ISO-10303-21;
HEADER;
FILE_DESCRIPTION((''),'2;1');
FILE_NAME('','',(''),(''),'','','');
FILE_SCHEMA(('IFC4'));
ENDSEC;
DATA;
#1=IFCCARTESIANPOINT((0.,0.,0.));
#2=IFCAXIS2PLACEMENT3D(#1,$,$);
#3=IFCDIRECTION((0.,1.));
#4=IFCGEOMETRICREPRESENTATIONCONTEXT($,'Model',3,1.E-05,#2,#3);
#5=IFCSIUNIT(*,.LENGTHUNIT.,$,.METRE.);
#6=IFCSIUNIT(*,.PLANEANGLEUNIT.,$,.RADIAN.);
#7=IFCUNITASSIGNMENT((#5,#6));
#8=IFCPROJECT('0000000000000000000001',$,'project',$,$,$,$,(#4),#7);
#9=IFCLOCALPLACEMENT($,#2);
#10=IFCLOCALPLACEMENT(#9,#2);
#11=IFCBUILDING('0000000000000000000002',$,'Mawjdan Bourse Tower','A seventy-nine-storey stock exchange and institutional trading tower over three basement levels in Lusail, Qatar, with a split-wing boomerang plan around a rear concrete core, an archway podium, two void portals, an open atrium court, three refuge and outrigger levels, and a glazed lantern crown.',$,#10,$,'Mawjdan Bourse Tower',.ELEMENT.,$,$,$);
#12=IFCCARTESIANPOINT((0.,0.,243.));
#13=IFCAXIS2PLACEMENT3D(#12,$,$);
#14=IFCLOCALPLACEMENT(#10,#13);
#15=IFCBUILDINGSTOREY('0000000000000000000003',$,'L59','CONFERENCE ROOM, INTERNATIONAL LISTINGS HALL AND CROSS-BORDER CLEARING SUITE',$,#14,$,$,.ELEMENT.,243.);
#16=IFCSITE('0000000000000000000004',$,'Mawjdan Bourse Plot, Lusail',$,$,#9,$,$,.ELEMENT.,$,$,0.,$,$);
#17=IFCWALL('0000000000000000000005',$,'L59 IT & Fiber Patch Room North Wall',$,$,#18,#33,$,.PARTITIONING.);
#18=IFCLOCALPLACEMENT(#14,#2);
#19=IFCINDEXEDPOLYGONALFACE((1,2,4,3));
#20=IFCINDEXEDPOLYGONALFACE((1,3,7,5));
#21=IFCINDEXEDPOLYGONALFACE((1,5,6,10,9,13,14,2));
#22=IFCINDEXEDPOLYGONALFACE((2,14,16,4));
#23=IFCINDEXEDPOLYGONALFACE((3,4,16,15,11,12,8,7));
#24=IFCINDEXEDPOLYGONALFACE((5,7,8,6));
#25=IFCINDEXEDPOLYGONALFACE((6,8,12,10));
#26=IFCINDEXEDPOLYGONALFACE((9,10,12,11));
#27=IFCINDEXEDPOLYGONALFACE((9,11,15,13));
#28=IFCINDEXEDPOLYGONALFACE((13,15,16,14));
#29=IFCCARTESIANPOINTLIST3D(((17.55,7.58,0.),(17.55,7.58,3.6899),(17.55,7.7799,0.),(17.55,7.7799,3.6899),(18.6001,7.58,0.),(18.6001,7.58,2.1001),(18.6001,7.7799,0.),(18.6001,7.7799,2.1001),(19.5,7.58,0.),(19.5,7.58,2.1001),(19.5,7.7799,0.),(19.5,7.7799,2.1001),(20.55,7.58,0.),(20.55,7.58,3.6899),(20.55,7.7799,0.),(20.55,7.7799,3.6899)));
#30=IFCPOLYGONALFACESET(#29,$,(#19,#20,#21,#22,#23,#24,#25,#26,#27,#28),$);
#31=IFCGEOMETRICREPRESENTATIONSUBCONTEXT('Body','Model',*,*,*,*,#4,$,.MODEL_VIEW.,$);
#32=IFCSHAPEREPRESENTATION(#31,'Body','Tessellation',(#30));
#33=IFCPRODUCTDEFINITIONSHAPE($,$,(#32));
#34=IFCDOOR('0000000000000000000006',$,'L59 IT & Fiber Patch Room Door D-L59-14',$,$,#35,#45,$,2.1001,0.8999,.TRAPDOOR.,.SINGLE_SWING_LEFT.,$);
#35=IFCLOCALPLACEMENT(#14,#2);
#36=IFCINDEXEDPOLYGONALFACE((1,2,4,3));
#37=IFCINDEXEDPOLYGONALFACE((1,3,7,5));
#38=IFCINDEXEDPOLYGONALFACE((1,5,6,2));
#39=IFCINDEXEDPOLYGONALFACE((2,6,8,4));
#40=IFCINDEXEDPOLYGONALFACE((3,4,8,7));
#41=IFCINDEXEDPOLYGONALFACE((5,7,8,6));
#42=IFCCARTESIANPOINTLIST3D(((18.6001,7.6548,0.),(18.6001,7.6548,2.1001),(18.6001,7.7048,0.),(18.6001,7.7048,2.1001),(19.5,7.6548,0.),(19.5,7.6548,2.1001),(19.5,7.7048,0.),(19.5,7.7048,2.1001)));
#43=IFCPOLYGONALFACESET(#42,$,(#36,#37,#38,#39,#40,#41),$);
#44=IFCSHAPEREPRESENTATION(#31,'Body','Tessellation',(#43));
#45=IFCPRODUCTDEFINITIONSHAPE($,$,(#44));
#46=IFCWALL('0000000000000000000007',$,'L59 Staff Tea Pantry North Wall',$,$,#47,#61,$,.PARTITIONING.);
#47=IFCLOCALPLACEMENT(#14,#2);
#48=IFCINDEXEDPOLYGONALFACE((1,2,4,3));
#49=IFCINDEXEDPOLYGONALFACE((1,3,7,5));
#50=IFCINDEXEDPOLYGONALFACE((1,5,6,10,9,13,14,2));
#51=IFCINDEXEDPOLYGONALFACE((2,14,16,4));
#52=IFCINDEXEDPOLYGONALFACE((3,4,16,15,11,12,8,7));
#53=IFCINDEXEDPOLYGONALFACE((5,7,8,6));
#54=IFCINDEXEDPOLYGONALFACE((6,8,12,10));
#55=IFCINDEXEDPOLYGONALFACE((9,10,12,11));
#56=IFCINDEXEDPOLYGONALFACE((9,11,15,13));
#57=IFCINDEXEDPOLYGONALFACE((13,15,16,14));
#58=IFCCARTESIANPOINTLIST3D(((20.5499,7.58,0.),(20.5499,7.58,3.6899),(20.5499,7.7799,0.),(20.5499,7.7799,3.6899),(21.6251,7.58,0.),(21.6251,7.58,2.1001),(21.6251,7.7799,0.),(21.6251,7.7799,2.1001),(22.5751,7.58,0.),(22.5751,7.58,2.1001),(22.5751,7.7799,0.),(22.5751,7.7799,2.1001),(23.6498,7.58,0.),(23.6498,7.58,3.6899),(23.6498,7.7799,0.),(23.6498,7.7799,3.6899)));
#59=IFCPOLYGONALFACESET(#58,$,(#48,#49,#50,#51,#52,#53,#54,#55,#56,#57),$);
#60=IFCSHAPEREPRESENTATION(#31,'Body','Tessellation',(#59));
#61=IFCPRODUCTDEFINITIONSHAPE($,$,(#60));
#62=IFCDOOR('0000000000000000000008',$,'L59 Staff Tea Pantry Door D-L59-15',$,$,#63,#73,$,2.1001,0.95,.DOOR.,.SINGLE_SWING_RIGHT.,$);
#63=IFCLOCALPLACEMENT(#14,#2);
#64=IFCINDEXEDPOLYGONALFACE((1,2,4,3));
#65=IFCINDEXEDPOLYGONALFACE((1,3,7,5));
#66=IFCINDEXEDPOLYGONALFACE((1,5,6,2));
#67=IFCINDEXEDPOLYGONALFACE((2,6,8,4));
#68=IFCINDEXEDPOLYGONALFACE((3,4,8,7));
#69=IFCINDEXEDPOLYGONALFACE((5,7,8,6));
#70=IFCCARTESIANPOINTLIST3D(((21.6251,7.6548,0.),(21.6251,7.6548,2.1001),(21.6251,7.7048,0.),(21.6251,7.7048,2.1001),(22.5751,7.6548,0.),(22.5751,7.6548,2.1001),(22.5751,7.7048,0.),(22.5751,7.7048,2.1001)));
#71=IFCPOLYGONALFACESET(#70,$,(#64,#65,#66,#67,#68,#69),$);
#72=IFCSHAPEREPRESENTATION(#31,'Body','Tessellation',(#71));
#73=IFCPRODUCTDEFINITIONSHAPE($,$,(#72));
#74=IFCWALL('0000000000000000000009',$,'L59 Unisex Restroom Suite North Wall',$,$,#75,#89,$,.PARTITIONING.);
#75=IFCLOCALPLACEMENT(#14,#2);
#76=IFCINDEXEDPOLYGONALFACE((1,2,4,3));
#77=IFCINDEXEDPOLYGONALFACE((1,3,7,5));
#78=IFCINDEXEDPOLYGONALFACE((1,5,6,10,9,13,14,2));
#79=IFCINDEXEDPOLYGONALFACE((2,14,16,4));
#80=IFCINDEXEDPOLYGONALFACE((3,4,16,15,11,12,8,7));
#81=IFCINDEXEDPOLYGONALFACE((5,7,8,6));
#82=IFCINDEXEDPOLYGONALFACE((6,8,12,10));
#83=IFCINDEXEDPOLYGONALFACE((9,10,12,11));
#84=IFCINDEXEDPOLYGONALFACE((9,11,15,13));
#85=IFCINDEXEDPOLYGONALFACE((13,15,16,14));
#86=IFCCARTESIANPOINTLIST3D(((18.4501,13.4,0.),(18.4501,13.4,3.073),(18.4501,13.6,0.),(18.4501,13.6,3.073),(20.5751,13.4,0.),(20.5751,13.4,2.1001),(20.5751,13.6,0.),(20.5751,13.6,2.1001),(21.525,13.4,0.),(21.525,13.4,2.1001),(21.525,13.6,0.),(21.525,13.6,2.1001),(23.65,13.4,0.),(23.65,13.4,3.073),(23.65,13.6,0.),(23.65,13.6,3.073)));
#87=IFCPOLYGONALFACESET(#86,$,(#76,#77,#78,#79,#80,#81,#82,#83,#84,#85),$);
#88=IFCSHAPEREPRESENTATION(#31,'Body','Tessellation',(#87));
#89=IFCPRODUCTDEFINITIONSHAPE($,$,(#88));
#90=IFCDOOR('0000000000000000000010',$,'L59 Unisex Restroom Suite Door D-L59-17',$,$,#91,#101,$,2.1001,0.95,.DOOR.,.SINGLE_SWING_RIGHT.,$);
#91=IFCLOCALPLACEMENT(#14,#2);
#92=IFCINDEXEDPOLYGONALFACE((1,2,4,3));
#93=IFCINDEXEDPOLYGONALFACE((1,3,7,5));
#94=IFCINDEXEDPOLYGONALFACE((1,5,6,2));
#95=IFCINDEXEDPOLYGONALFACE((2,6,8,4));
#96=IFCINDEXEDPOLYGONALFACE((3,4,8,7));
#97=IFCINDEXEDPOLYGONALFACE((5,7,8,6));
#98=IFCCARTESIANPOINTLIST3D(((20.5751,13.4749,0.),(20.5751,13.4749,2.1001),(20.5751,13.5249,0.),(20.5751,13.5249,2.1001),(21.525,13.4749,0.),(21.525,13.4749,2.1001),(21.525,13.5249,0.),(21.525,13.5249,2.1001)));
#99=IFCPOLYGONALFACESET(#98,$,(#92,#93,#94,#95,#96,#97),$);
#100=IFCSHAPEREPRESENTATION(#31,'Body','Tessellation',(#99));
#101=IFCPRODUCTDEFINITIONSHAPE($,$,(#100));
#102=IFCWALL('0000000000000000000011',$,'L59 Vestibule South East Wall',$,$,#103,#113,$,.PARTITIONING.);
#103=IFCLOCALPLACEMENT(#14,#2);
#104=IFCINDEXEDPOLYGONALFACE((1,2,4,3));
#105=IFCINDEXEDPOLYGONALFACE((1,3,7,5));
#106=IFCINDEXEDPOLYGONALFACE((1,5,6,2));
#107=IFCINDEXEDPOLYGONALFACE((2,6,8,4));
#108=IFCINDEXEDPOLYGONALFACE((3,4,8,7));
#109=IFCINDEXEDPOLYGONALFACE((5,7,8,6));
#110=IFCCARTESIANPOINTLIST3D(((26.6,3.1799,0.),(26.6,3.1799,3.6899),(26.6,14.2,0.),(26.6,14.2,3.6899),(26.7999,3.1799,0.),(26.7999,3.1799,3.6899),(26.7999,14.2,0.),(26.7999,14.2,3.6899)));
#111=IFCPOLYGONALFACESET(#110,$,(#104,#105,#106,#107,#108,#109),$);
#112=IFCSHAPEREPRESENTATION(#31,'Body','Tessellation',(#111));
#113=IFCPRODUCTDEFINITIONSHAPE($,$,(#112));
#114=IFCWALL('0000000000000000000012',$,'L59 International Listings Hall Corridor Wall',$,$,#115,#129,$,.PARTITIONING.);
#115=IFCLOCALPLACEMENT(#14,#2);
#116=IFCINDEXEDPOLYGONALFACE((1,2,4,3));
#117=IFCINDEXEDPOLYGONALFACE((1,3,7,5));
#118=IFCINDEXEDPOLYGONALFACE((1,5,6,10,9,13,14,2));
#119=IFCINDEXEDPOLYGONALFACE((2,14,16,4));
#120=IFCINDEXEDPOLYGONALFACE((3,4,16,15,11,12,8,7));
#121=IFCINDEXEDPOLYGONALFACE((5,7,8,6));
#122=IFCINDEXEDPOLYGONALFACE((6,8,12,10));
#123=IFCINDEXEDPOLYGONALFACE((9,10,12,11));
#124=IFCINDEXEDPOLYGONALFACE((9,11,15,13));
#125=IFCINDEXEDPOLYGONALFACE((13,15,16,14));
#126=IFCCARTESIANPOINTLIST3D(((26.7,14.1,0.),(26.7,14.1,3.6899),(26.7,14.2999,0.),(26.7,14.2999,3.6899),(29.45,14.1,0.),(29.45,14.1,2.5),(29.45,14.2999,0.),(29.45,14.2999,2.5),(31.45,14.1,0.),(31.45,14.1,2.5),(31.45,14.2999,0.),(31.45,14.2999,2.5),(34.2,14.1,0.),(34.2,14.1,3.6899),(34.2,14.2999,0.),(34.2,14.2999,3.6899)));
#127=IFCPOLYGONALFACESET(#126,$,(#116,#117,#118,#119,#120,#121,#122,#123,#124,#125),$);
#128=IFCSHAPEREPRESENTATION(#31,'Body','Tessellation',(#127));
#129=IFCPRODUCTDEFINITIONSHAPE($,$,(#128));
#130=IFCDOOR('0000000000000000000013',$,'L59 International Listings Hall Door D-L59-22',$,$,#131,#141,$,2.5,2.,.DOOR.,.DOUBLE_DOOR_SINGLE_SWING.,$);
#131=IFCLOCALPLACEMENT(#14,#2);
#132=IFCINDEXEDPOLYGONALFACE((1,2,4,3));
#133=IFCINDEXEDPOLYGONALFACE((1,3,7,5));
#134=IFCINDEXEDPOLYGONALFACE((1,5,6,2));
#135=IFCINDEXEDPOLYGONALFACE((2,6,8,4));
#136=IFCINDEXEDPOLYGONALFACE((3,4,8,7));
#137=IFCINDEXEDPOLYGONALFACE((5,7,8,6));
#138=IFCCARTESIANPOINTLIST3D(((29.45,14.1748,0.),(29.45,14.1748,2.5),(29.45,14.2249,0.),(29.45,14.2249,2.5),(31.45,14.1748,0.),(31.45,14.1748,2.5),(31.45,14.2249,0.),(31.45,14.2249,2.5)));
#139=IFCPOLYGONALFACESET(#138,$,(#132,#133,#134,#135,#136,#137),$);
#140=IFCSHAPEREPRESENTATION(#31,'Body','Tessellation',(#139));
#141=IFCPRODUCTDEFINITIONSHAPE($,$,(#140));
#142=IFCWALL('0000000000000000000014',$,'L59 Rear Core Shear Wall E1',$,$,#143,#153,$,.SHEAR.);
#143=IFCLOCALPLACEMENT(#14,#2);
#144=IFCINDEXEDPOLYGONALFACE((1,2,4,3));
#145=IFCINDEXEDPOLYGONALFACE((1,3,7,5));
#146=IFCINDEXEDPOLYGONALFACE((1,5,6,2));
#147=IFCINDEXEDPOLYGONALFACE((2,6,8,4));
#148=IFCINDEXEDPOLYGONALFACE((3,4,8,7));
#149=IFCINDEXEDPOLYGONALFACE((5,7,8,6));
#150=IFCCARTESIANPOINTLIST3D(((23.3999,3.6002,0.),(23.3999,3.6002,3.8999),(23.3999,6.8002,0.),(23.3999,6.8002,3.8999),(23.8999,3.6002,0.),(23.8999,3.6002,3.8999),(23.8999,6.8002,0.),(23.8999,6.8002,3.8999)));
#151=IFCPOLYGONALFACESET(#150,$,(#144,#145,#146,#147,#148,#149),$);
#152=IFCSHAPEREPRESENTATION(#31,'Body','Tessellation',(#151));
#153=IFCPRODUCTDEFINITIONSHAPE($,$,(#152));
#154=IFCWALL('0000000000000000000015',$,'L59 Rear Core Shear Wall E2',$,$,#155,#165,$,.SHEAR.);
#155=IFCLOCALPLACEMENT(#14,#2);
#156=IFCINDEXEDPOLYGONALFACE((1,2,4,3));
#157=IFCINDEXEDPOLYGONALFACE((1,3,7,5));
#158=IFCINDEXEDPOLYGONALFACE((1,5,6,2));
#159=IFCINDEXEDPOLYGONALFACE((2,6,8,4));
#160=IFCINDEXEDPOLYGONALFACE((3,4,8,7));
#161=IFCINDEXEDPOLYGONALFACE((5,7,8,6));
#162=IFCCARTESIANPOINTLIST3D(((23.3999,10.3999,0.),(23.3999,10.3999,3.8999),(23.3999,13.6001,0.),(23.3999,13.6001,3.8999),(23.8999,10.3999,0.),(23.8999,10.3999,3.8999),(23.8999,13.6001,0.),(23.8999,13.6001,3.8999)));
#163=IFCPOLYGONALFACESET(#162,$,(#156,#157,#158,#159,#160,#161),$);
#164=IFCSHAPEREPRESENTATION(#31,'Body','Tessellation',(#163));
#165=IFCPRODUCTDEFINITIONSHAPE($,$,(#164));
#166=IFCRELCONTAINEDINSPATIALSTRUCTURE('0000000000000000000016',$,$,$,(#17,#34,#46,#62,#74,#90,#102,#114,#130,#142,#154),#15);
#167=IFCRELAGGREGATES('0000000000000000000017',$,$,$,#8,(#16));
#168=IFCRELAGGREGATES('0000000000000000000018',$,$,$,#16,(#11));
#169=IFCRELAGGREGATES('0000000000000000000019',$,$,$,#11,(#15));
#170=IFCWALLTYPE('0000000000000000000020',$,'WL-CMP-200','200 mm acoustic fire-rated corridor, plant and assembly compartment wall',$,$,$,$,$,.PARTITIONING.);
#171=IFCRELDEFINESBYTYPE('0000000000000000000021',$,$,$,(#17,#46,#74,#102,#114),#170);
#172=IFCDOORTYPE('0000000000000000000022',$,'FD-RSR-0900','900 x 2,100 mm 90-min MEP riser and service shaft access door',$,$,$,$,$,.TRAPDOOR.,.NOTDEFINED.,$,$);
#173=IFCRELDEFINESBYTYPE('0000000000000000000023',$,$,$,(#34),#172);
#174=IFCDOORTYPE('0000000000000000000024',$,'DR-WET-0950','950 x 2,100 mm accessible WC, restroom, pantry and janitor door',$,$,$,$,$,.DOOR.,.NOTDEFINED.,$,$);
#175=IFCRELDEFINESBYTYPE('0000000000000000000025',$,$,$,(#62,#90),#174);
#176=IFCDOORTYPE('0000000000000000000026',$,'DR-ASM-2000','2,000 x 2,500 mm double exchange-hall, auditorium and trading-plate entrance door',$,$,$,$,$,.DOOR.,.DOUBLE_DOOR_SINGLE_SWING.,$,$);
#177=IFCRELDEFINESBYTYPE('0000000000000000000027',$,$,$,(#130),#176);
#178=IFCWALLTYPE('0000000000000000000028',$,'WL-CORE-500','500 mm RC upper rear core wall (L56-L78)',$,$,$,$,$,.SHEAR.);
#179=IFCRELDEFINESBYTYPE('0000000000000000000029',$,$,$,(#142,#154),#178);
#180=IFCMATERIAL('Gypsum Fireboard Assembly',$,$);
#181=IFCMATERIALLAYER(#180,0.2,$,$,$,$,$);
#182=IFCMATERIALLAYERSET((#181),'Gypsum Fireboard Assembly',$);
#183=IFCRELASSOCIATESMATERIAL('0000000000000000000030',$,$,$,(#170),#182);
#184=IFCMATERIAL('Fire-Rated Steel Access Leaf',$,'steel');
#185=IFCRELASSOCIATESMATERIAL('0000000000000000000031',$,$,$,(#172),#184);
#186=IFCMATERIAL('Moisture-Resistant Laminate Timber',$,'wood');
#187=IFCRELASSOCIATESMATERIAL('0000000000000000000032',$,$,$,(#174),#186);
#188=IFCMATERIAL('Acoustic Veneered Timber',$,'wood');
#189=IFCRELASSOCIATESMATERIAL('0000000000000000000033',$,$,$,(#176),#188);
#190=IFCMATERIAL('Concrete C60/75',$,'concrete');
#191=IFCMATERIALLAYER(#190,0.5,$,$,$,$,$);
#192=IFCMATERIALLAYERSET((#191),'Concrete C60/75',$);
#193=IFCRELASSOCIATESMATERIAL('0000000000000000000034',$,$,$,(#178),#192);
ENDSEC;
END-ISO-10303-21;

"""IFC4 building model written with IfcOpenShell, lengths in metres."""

from ifc_helpers import new_model, si_unit, direction, frame, frame_2d, origin, place, context, subcontext, project, spatial, rectangle, extrude, material, layer, layer_set, type_object, element, fill, save


model = new_model("IFC4")

# Units and contexts
model_context = context("Model", 3, precision=1e-05, world=origin(), true_north=direction((0.0, 1.0)))
body_context = subcontext(model_context, "Body", "Model", "MODEL_VIEW")
ifc_project = project(units=[si_unit("LENGTHUNIT", "METRE"), si_unit("PLANEANGLEUNIT", "RADIAN")], contexts=[model_context])

# Site, building, storey
site_placement = place(None, origin())
site = spatial("IfcSite", under=ifc_project, at=site_placement, Name="Mawjdan Bourse Plot, Lusail", CompositionType="ELEMENT", RefElevation=0.0)
building_placement = place(site_placement, origin())
building = spatial("IfcBuilding", under=site, at=building_placement, Name="Mawjdan Bourse Tower", Description="A seventy-nine-storey stock exchange and institutional trading tower over three basement levels in Lusail, Qatar, with a split-wing boomerang plan around a rear concrete core, an archway podium, two void portals, an open atrium court, three refuge and outrigger levels, and a glazed lantern crown.", LongName="Mawjdan Bourse Tower", CompositionType="ELEMENT")
storey_placement = place(building_placement, frame((0.0, 0.0, 243.0)))
storey = spatial("IfcBuildingStorey", under=building, at=storey_placement, Name="L59", Description="CONFERENCE ROOM, INTERNATIONAL LISTINGS HALL AND CROSS-BORDER CLEARING SUITE", CompositionType="ELEMENT", Elevation=243.0)

# Shared definitions
ifc_material_1 = material(Name="Concrete C60/75", Category="concrete")

# Walls, openings, doors
ifc_material_2 = material(Name="Gypsum Fireboard Assembly")
ifc_layer_1 = layer(ifc_material_2, 0.2)
ifc_layer_set_1 = layer_set([ifc_layer_1], Name="Gypsum Fireboard Assembly")
wall_type_1 = type_object("IfcWallType", Name="WL-CMP-200", Description="200 mm acoustic fire-rated corridor, plant and assembly compartment wall", PredefinedType="PARTITIONING", material=ifc_layer_set_1)
wall_1_placement = place(storey_placement, frame((17.55, 7.6799, 0.0), z_axis=(0.0, 0.0, 1.0), x_axis=(1.0, 0.0, 0.0)))
wall_1 = element("IfcWall", 1, at=wall_1_placement, inside=storey, type_object=wall_type_1, Name="L59 IT & Fiber Patch Room North Wall", PredefinedType="PARTITIONING", context=body_context, shape_type="SweptSolid", body=[
    extrude(rectangle(XDim=3.0, YDim=0.2, at=frame_2d((1.5, 0.0))), origin(), (0.0, 0.0, 1.0), 3.6899),
])
opening_1_placement = place(wall_1_placement, frame((1.05, 0.0, 0.0)))
opening_1 = element("IfcOpeningElement", 2, at=opening_1_placement, cuts=wall_1, PredefinedType="OPENING", context=body_context, shape_type="SweptSolid", body=[
    extrude(rectangle(XDim=0.8999, YDim=2.1001, at=frame_2d((0.45, 1.05))), frame((0.0, 0.1099, 0.0), z_axis=(0.0, -1.0, 0.0), x_axis=(1.0, 0.0, 0.0)), (0.0, 0.0, 1.0), 0.22),
])
ifc_material_3 = material(Name="Fire-Rated Steel Access Leaf", Category="steel")
door_type_1 = type_object("IfcDoorType", Name="FD-RSR-0900", Description="900 x 2,100 mm 90-min MEP riser and service shaft access door", OperationType="NOTDEFINED", PredefinedType="TRAPDOOR", material=ifc_material_3)
door_1_placement = place(opening_1_placement, origin())
door_1 = element("IfcDoor", 3, at=door_1_placement, inside=storey, type_object=door_type_1, Name="L59 IT & Fiber Patch Room Door D-L59-14", OperationType="SINGLE_SWING_LEFT", OverallHeight=2.1001, OverallWidth=0.8999, PredefinedType="TRAPDOOR", context=body_context, shape_type="SweptSolid", body=[
    extrude(rectangle(XDim=0.8999, YDim=2.1001, at=frame_2d((0.45, 1.05))), frame((0.0, 0.0249, 0.0), z_axis=(0.0, -1.0, 0.0), x_axis=(1.0, 0.0, 0.0)), (0.0, 0.0, 1.0), 0.05),
])
fill(opening_1, door_1)
wall_2_placement = place(storey_placement, frame((20.55, 7.6799, 0.0), z_axis=(0.0, 0.0, 1.0), x_axis=(1.0, 0.0, 0.0)))
wall_2 = element("IfcWall", 4, at=wall_2_placement, inside=storey, type_object=wall_type_1, Name="L59 Staff Tea Pantry North Wall", PredefinedType="PARTITIONING", context=body_context, shape_type="SweptSolid", body=[
    extrude(rectangle(XDim=3.0999, YDim=0.2, at=frame_2d((1.5498, 0.0))), origin(), (0.0, 0.0, 1.0), 3.6899),
])
opening_2_placement = place(wall_2_placement, frame((1.075, 0.0, 0.0)))
opening_2 = element("IfcOpeningElement", 5, at=opening_2_placement, cuts=wall_2, PredefinedType="OPENING", context=body_context, shape_type="SweptSolid", body=[
    extrude(rectangle(XDim=0.95, YDim=2.1001, at=frame_2d((0.4751, 1.05))), frame((0.0, 0.1099, 0.0), z_axis=(0.0, -1.0, 0.0), x_axis=(1.0, 0.0, 0.0)), (0.0, 0.0, 1.0), 0.22),
])
ifc_material_4 = material(Name="Moisture-Resistant Laminate Timber", Category="wood")
door_type_2 = type_object("IfcDoorType", Name="DR-WET-0950", Description="950 x 2,100 mm accessible WC, restroom, pantry and janitor door", OperationType="NOTDEFINED", PredefinedType="DOOR", material=ifc_material_4)
door_2_placement = place(opening_2_placement, origin())
door_2 = element("IfcDoor", 6, at=door_2_placement, inside=storey, type_object=door_type_2, Name="L59 Staff Tea Pantry Door D-L59-15", OperationType="SINGLE_SWING_RIGHT", OverallHeight=2.1001, OverallWidth=0.95, PredefinedType="DOOR", context=body_context, shape_type="SweptSolid", body=[
    extrude(rectangle(XDim=0.95, YDim=2.1001, at=frame_2d((0.4751, 1.05))), frame((0.0, 0.0249, 0.0), z_axis=(0.0, -1.0, 0.0), x_axis=(1.0, 0.0, 0.0)), (0.0, 0.0, 1.0), 0.05),
])
fill(opening_2, door_2)
wall_3_placement = place(storey_placement, frame((18.45, 13.5, 0.0), z_axis=(0.0, 0.0, 1.0), x_axis=(1.0, 0.0, 0.0)))
wall_3 = element("IfcWall", 7, at=wall_3_placement, inside=storey, type_object=wall_type_1, Name="L59 Unisex Restroom Suite North Wall", PredefinedType="PARTITIONING", context=body_context, shape_type="SweptSolid", body=[
    extrude(rectangle(XDim=5.2, YDim=0.2, at=frame_2d((2.6001, 0.0))), origin(), (0.0, 0.0, 1.0), 3.073),
])
opening_3_placement = place(wall_3_placement, frame((2.125, 0.0, 0.0)))
opening_3 = element("IfcOpeningElement", 8, at=opening_3_placement, cuts=wall_3, PredefinedType="OPENING", context=body_context, shape_type="SweptSolid", body=[
    extrude(rectangle(XDim=0.95, YDim=2.1001, at=frame_2d((0.4751, 1.05))), frame((0.0, 0.1099, 0.0), z_axis=(0.0, -1.0, 0.0), x_axis=(1.0, 0.0, 0.0)), (0.0, 0.0, 1.0), 0.22),
])
door_3_placement = place(opening_3_placement, origin())
door_3 = element("IfcDoor", 9, at=door_3_placement, inside=storey, type_object=door_type_2, Name="L59 Unisex Restroom Suite Door D-L59-17", OperationType="SINGLE_SWING_RIGHT", OverallHeight=2.1001, OverallWidth=0.95, PredefinedType="DOOR", context=body_context, shape_type="SweptSolid", body=[
    extrude(rectangle(XDim=0.95, YDim=2.1001, at=frame_2d((0.4751, 1.05))), frame((0.0, 0.0249, 0.0), z_axis=(0.0, -1.0, 0.0), x_axis=(1.0, 0.0, 0.0)), (0.0, 0.0, 1.0), 0.05),
])
fill(opening_3, door_3)

# Wall
wall_4_placement = place(storey_placement, frame((26.7, 3.1799, 0.0), z_axis=(0.0, 0.0, 1.0), x_axis=(0.0, 1.0, 0.0)))
element("IfcWall", 10, at=wall_4_placement, inside=storey, type_object=wall_type_1, Name="L59 Vestibule South East Wall", PredefinedType="PARTITIONING", context=body_context, shape_type="SweptSolid", body=[
    extrude(rectangle(XDim=11.02, YDim=0.2, at=frame_2d((5.51, 0.0))), origin(), (0.0, 0.0, 1.0), 3.6899),
])

# Wall, opening, door
wall_5_placement = place(storey_placement, frame((26.7, 14.2, 0.0), z_axis=(0.0, 0.0, 1.0), x_axis=(1.0, 0.0, 0.0)))
wall_5 = element("IfcWall", 11, at=wall_5_placement, inside=storey, type_object=wall_type_1, Name="L59 International Listings Hall Corridor Wall", PredefinedType="PARTITIONING", context=body_context, shape_type="SweptSolid", body=[
    extrude(rectangle(XDim=7.5, YDim=0.2, at=frame_2d((3.75, 0.0))), origin(), (0.0, 0.0, 1.0), 3.6899),
])
opening_4_placement = place(wall_5_placement, frame((2.75, 0.0, 0.0)))
opening_4 = element("IfcOpeningElement", 12, at=opening_4_placement, cuts=wall_5, PredefinedType="OPENING", context=body_context, shape_type="SweptSolid", body=[
    extrude(rectangle(XDim=2.0, YDim=2.5, at=frame_2d((1.0, 1.25))), frame((0.0, 0.1099, 0.0), z_axis=(0.0, -1.0, 0.0), x_axis=(1.0, 0.0, 0.0)), (0.0, 0.0, 1.0), 0.22),
])
ifc_material_5 = material(Name="Acoustic Veneered Timber", Category="wood")
door_type_3 = type_object("IfcDoorType", Name="DR-ASM-2000", Description="2,000 x 2,500 mm double exchange-hall, auditorium and trading-plate entrance door", OperationType="DOUBLE_DOOR_SINGLE_SWING", PredefinedType="DOOR", material=ifc_material_5)
door_4_placement = place(opening_4_placement, origin())
door_4 = element("IfcDoor", 13, at=door_4_placement, inside=storey, type_object=door_type_3, Name="L59 International Listings Hall Door D-L59-22", OperationType="DOUBLE_DOOR_SINGLE_SWING", OverallHeight=2.5, OverallWidth=2.0, PredefinedType="DOOR", context=body_context, shape_type="SweptSolid", body=[
    extrude(rectangle(XDim=2.0, YDim=2.5, at=frame_2d((1.0, 1.25))), frame((0.0, 0.0249, 0.0), z_axis=(0.0, -1.0, 0.0), x_axis=(1.0, 0.0, 0.0)), (0.0, 0.0, 1.0), 0.05),
])
fill(opening_4, door_4)

# Walls
ifc_layer_2 = layer(ifc_material_1, 0.5)
ifc_layer_set_2 = layer_set([ifc_layer_2], Name="Concrete C60/75")
wall_type_2 = type_object("IfcWallType", Name="WL-CORE-500", Description="500 mm RC upper rear core wall (L56-L78)", PredefinedType="SHEAR", material=ifc_layer_set_2)
wall_6_placement = place(storey_placement, frame((23.6499, 3.6001, 0.0), z_axis=(0.0, 0.0, 1.0), x_axis=(0.0, 1.0, 0.0)))
element("IfcWall", 14, at=wall_6_placement, inside=storey, type_object=wall_type_2, Name="L59 Rear Core Shear Wall E1", PredefinedType="SHEAR", context=body_context, shape_type="SweptSolid", body=[
    extrude(rectangle(XDim=3.2, YDim=0.5, at=frame_2d((1.6001, 0.0))), origin(), (0.0, 0.0, 1.0), 3.8999),
])
wall_7_placement = place(storey_placement, frame((23.6499, 10.3999, 0.0), z_axis=(0.0, 0.0, 1.0), x_axis=(0.0, 1.0, 0.0)))
element("IfcWall", 15, at=wall_7_placement, inside=storey, type_object=wall_type_2, Name="L59 Rear Core Shear Wall E2", PredefinedType="SHEAR", context=body_context, shape_type="SweptSolid", body=[
    extrude(rectangle(XDim=3.2002, YDim=0.5, at=frame_2d((1.6001, 0.0))), origin(), (0.0, 0.0, 1.0), 3.8999),
])

save(model, "model.ifc")
